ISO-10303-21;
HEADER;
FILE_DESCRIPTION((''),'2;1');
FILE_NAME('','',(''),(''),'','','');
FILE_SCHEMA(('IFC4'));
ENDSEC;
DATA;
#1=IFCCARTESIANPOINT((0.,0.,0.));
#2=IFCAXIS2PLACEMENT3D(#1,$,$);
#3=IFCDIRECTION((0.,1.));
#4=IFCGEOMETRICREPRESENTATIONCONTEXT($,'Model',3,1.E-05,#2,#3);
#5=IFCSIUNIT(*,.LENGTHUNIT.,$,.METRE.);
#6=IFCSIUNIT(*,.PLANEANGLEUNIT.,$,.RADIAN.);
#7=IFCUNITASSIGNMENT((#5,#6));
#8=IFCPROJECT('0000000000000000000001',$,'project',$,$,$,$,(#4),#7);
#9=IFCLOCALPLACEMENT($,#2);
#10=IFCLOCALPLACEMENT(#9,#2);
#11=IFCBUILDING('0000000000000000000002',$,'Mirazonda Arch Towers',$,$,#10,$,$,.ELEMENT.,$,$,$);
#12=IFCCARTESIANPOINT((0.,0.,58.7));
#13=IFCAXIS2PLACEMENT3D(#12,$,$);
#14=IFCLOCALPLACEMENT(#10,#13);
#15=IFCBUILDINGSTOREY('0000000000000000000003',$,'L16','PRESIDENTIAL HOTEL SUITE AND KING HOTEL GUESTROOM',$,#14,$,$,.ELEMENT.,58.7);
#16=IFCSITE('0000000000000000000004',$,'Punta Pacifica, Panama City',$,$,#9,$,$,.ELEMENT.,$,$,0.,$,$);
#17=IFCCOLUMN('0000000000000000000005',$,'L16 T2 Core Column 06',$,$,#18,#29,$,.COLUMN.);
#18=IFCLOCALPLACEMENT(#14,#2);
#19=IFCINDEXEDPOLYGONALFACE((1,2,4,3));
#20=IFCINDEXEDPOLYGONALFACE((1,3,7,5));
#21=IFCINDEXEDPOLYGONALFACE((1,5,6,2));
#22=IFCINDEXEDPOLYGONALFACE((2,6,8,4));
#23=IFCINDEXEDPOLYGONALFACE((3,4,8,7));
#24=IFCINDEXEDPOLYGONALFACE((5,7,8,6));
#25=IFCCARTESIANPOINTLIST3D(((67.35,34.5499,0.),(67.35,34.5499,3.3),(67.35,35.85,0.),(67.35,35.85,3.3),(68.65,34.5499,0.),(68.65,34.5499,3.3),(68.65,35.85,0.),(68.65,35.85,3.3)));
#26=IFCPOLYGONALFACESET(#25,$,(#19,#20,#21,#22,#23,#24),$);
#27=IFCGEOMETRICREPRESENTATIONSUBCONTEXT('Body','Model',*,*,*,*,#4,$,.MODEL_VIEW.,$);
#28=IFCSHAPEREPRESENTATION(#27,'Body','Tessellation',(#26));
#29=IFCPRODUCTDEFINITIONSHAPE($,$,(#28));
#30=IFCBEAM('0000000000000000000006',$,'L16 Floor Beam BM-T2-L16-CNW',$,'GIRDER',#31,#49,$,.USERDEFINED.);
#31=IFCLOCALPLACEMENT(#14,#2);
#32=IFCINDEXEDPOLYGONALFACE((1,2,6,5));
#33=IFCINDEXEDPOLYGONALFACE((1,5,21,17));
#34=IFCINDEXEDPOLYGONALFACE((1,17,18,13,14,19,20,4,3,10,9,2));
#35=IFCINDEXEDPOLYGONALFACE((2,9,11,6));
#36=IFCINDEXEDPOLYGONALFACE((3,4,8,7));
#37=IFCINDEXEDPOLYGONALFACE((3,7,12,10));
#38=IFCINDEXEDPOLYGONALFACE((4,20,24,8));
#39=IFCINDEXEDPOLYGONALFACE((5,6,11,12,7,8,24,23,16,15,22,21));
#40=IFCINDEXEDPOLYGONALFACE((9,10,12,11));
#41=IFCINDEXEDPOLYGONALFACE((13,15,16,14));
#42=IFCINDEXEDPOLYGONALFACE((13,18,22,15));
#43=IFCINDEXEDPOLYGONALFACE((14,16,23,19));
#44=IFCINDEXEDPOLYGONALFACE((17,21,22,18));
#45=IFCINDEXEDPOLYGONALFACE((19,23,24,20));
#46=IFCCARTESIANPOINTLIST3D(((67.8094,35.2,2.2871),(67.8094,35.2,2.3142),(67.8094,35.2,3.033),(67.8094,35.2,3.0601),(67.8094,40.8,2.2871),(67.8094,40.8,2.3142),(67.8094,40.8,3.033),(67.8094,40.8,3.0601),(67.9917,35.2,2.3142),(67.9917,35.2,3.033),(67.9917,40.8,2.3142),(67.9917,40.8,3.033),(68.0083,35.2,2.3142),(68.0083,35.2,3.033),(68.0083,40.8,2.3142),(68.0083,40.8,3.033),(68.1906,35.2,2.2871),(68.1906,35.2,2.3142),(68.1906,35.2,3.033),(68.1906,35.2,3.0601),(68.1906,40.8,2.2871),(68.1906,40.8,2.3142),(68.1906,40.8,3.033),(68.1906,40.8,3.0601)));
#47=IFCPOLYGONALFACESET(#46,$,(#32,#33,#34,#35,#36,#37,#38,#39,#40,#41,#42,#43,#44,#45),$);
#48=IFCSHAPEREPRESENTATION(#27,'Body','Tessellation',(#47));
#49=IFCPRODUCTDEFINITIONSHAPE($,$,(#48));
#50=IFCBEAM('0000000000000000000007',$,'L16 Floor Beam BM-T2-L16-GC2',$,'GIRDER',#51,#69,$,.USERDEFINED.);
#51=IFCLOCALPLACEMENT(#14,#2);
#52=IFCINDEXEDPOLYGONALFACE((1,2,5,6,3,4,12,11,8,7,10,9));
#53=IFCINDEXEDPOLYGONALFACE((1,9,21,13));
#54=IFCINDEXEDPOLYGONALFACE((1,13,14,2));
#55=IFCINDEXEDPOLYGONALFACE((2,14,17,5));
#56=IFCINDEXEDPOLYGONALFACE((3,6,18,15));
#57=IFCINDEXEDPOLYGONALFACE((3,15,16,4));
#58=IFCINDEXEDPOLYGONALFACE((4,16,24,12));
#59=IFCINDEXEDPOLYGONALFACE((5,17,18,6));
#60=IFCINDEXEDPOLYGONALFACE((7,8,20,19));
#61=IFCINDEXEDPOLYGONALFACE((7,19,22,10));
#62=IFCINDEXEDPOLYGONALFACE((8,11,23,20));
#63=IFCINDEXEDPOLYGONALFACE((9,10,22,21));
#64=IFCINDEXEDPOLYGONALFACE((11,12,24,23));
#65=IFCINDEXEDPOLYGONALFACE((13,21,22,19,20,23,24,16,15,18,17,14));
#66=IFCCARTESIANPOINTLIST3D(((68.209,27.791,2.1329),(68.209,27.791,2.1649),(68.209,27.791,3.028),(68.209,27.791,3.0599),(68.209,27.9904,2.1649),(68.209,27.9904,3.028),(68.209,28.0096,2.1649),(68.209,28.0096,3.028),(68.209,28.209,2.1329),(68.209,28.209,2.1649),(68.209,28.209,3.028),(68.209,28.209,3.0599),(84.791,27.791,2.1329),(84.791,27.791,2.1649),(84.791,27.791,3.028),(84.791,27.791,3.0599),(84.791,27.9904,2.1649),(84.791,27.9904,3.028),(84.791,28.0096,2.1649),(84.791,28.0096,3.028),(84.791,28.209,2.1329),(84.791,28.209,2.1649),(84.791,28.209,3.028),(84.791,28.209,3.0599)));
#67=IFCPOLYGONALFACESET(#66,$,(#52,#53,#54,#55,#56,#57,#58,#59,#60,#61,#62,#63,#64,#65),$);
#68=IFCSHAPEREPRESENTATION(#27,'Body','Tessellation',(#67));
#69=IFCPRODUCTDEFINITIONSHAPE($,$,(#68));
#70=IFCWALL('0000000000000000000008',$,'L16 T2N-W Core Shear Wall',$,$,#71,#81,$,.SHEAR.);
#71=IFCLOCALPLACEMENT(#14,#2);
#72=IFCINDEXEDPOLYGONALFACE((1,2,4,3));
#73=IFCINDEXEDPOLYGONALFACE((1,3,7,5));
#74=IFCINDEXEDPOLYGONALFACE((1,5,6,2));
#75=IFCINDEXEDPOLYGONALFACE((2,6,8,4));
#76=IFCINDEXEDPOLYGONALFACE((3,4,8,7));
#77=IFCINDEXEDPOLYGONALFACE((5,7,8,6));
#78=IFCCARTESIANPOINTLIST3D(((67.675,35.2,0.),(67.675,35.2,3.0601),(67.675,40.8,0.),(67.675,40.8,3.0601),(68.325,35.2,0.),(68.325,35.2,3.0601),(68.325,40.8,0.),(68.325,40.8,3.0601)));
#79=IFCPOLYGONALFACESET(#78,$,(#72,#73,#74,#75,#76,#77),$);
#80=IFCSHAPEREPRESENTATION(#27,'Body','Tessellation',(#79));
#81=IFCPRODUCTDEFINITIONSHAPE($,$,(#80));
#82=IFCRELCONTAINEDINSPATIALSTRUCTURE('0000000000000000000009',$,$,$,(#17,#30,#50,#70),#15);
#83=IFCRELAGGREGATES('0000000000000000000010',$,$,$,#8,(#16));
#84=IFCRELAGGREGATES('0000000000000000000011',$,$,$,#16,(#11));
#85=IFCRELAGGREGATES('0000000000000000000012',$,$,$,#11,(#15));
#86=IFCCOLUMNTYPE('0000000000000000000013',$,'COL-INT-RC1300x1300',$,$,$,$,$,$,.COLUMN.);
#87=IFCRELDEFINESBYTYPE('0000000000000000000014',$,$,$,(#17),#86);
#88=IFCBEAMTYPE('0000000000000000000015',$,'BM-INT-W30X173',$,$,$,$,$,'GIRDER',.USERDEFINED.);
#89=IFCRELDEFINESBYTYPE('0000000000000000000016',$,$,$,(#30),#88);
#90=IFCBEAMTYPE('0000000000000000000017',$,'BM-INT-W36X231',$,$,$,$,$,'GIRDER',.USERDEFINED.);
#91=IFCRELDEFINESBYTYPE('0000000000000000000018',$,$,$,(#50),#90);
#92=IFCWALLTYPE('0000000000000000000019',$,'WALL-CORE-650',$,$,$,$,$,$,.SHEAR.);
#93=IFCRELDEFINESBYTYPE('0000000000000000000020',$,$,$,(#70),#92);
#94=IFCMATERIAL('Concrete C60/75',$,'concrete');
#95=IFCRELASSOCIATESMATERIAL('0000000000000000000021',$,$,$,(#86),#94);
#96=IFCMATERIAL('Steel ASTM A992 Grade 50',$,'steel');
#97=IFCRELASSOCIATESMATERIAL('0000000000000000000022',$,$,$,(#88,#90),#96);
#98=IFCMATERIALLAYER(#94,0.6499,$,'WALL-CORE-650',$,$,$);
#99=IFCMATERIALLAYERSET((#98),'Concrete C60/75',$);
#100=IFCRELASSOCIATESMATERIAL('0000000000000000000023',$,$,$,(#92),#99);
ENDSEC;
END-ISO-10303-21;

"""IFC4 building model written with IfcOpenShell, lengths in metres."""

from ifc_helpers import new_model, si_unit, direction, frame, frame_2d, origin, origin_2d, place, context, subcontext, project, spatial, rectangle, i_section, extrude, material, layer, layer_set, material_profile, profile_set, type_object, element, save


model = new_model("IFC4")

# Units and contexts
model_context = context("Model", 3, precision=1e-05, world=origin(), true_north=direction((0.0, 1.0)))
body_context = subcontext(model_context, "Body", "Model", "MODEL_VIEW")
ifc_project = project(units=[si_unit("LENGTHUNIT", "METRE"), si_unit("PLANEANGLEUNIT", "RADIAN")], contexts=[model_context])

# Site, building, storey
site_placement = place(None, origin())
site = spatial("IfcSite", under=ifc_project, at=site_placement, Name="Punta Pacifica, Panama City", CompositionType="ELEMENT", RefElevation=0.0)
building_placement = place(site_placement, origin())
building = spatial("IfcBuilding", under=site, at=building_placement, Name="Mirazonda Arch Towers", CompositionType="ELEMENT")
storey_placement = place(building_placement, frame((0.0, 0.0, 58.7)))
storey = spatial("IfcBuildingStorey", under=building, at=storey_placement, Name="L16", Description="PRESIDENTIAL HOTEL SUITE AND KING HOTEL GUESTROOM", CompositionType="ELEMENT", Elevation=58.7)

# Column
ifc_material_1 = material(Name="Concrete C60/75", Category="concrete")
ifc_material_profile_1 = material_profile(ifc_material_1, rectangle(XDim=1.3, YDim=1.3, at=origin_2d()), Name="RC1300x1300")
ifc_profile_set_1 = profile_set([ifc_material_profile_1], Name="Concrete C60/75")
column_type = type_object("IfcColumnType", Name="COL-INT-RC1300x1300", PredefinedType="COLUMN", material=ifc_profile_set_1)
column_placement = place(storey_placement, frame((68.0, 35.2, 0.0), z_axis=(0.0, 0.0, 1.0), x_axis=(1.0, 0.0, 0.0)))
element("IfcColumn", 1, at=column_placement, inside=storey, type_object=column_type, Name="L16 T2 Core Column 06", PredefinedType="COLUMN", context=body_context, shape_type="SweptSolid", body=[
    extrude(rectangle(XDim=1.3, YDim=1.3, at=origin_2d()), origin(), (0.0, 0.0, 1.0), 3.3),
])

# Beams
ifc_material_2 = material(Name="Steel ASTM A992 Grade 50", Category="steel")
ifc_material_profile_2 = material_profile(ifc_material_2, i_section(OverallWidth=0.3811, OverallDepth=0.7729, WebThickness=0.0166, FlangeThickness=0.0271, at=origin_2d()), Name="W30X173")
ifc_profile_set_2 = profile_set([ifc_material_profile_2], Name="Steel ASTM A992 Grade 50")
beam_type_1 = type_object("IfcBeamType", Name="BM-INT-W30X173", ElementType="GIRDER", PredefinedType="USERDEFINED", material=ifc_profile_set_2)
beam_1_placement = place(storey_placement, frame((68.0, 35.2, 2.6736), z_axis=(0.0, 1.0, 0.0), x_axis=(-1.0, 0.0, 0.0)))
element("IfcBeam", 2, at=beam_1_placement, inside=storey, type_object=beam_type_1, Name="L16 Floor Beam BM-T2-L16-CNW", ObjectType="GIRDER", PredefinedType="USERDEFINED", context=body_context, shape_type="SweptSolid", body=[
    extrude(i_section(OverallWidth=0.3811, OverallDepth=0.7729, WebThickness=0.0166, FlangeThickness=0.0271, at=origin_2d()), origin(), (0.0, 0.0, 1.0), 5.6001),
])
ifc_material_profile_3 = material_profile(ifc_material_2, i_section(OverallWidth=0.418, OverallDepth=0.927, WebThickness=0.0193, FlangeThickness=0.032, at=origin_2d()), Name="W36X231")
ifc_profile_set_3 = profile_set([ifc_material_profile_3], Name="Steel ASTM A992 Grade 50")
beam_type_2 = type_object("IfcBeamType", Name="BM-INT-W36X231", ElementType="GIRDER", PredefinedType="USERDEFINED", material=ifc_profile_set_3)
beam_2_placement = place(storey_placement, frame((68.209, 28.0, 2.5964), z_axis=(1.0, 0.0, 0.0), x_axis=(0.0, 1.0, 0.0)))
element("IfcBeam", 3, at=beam_2_placement, inside=storey, type_object=beam_type_2, Name="L16 Floor Beam BM-T2-L16-GC2", ObjectType="GIRDER", PredefinedType="USERDEFINED", context=body_context, shape_type="SweptSolid", body=[
    extrude(i_section(OverallWidth=0.418, OverallDepth=0.927, WebThickness=0.0193, FlangeThickness=0.032, at=origin_2d()), origin(), (0.0, 0.0, 1.0), 16.582),
])

# Wall
ifc_layer_1 = layer(ifc_material_1, 0.6499, Name="WALL-CORE-650")
ifc_layer_set_1 = layer_set([ifc_layer_1], Name="Concrete C60/75")
wall_type_1 = type_object("IfcWallType", Name="WALL-CORE-650", PredefinedType="SHEAR", material=ifc_layer_set_1)
wall_1_placement = place(storey_placement, frame((68.0, 35.2, 0.0), z_axis=(0.0, 0.0, 1.0), x_axis=(0.0, 1.0, 0.0)))
element("IfcWall", 4, at=wall_1_placement, inside=storey, type_object=wall_type_1, Name="L16 T2N-W Core Shear Wall", PredefinedType="SHEAR", context=body_context, shape_type="SweptSolid", body=[
    extrude(rectangle(XDim=5.6001, YDim=0.6499, at=frame_2d((2.8, 0.0))), origin(), (0.0, 0.0, 1.0), 3.0601),
])

save(model, "model.ifc")
